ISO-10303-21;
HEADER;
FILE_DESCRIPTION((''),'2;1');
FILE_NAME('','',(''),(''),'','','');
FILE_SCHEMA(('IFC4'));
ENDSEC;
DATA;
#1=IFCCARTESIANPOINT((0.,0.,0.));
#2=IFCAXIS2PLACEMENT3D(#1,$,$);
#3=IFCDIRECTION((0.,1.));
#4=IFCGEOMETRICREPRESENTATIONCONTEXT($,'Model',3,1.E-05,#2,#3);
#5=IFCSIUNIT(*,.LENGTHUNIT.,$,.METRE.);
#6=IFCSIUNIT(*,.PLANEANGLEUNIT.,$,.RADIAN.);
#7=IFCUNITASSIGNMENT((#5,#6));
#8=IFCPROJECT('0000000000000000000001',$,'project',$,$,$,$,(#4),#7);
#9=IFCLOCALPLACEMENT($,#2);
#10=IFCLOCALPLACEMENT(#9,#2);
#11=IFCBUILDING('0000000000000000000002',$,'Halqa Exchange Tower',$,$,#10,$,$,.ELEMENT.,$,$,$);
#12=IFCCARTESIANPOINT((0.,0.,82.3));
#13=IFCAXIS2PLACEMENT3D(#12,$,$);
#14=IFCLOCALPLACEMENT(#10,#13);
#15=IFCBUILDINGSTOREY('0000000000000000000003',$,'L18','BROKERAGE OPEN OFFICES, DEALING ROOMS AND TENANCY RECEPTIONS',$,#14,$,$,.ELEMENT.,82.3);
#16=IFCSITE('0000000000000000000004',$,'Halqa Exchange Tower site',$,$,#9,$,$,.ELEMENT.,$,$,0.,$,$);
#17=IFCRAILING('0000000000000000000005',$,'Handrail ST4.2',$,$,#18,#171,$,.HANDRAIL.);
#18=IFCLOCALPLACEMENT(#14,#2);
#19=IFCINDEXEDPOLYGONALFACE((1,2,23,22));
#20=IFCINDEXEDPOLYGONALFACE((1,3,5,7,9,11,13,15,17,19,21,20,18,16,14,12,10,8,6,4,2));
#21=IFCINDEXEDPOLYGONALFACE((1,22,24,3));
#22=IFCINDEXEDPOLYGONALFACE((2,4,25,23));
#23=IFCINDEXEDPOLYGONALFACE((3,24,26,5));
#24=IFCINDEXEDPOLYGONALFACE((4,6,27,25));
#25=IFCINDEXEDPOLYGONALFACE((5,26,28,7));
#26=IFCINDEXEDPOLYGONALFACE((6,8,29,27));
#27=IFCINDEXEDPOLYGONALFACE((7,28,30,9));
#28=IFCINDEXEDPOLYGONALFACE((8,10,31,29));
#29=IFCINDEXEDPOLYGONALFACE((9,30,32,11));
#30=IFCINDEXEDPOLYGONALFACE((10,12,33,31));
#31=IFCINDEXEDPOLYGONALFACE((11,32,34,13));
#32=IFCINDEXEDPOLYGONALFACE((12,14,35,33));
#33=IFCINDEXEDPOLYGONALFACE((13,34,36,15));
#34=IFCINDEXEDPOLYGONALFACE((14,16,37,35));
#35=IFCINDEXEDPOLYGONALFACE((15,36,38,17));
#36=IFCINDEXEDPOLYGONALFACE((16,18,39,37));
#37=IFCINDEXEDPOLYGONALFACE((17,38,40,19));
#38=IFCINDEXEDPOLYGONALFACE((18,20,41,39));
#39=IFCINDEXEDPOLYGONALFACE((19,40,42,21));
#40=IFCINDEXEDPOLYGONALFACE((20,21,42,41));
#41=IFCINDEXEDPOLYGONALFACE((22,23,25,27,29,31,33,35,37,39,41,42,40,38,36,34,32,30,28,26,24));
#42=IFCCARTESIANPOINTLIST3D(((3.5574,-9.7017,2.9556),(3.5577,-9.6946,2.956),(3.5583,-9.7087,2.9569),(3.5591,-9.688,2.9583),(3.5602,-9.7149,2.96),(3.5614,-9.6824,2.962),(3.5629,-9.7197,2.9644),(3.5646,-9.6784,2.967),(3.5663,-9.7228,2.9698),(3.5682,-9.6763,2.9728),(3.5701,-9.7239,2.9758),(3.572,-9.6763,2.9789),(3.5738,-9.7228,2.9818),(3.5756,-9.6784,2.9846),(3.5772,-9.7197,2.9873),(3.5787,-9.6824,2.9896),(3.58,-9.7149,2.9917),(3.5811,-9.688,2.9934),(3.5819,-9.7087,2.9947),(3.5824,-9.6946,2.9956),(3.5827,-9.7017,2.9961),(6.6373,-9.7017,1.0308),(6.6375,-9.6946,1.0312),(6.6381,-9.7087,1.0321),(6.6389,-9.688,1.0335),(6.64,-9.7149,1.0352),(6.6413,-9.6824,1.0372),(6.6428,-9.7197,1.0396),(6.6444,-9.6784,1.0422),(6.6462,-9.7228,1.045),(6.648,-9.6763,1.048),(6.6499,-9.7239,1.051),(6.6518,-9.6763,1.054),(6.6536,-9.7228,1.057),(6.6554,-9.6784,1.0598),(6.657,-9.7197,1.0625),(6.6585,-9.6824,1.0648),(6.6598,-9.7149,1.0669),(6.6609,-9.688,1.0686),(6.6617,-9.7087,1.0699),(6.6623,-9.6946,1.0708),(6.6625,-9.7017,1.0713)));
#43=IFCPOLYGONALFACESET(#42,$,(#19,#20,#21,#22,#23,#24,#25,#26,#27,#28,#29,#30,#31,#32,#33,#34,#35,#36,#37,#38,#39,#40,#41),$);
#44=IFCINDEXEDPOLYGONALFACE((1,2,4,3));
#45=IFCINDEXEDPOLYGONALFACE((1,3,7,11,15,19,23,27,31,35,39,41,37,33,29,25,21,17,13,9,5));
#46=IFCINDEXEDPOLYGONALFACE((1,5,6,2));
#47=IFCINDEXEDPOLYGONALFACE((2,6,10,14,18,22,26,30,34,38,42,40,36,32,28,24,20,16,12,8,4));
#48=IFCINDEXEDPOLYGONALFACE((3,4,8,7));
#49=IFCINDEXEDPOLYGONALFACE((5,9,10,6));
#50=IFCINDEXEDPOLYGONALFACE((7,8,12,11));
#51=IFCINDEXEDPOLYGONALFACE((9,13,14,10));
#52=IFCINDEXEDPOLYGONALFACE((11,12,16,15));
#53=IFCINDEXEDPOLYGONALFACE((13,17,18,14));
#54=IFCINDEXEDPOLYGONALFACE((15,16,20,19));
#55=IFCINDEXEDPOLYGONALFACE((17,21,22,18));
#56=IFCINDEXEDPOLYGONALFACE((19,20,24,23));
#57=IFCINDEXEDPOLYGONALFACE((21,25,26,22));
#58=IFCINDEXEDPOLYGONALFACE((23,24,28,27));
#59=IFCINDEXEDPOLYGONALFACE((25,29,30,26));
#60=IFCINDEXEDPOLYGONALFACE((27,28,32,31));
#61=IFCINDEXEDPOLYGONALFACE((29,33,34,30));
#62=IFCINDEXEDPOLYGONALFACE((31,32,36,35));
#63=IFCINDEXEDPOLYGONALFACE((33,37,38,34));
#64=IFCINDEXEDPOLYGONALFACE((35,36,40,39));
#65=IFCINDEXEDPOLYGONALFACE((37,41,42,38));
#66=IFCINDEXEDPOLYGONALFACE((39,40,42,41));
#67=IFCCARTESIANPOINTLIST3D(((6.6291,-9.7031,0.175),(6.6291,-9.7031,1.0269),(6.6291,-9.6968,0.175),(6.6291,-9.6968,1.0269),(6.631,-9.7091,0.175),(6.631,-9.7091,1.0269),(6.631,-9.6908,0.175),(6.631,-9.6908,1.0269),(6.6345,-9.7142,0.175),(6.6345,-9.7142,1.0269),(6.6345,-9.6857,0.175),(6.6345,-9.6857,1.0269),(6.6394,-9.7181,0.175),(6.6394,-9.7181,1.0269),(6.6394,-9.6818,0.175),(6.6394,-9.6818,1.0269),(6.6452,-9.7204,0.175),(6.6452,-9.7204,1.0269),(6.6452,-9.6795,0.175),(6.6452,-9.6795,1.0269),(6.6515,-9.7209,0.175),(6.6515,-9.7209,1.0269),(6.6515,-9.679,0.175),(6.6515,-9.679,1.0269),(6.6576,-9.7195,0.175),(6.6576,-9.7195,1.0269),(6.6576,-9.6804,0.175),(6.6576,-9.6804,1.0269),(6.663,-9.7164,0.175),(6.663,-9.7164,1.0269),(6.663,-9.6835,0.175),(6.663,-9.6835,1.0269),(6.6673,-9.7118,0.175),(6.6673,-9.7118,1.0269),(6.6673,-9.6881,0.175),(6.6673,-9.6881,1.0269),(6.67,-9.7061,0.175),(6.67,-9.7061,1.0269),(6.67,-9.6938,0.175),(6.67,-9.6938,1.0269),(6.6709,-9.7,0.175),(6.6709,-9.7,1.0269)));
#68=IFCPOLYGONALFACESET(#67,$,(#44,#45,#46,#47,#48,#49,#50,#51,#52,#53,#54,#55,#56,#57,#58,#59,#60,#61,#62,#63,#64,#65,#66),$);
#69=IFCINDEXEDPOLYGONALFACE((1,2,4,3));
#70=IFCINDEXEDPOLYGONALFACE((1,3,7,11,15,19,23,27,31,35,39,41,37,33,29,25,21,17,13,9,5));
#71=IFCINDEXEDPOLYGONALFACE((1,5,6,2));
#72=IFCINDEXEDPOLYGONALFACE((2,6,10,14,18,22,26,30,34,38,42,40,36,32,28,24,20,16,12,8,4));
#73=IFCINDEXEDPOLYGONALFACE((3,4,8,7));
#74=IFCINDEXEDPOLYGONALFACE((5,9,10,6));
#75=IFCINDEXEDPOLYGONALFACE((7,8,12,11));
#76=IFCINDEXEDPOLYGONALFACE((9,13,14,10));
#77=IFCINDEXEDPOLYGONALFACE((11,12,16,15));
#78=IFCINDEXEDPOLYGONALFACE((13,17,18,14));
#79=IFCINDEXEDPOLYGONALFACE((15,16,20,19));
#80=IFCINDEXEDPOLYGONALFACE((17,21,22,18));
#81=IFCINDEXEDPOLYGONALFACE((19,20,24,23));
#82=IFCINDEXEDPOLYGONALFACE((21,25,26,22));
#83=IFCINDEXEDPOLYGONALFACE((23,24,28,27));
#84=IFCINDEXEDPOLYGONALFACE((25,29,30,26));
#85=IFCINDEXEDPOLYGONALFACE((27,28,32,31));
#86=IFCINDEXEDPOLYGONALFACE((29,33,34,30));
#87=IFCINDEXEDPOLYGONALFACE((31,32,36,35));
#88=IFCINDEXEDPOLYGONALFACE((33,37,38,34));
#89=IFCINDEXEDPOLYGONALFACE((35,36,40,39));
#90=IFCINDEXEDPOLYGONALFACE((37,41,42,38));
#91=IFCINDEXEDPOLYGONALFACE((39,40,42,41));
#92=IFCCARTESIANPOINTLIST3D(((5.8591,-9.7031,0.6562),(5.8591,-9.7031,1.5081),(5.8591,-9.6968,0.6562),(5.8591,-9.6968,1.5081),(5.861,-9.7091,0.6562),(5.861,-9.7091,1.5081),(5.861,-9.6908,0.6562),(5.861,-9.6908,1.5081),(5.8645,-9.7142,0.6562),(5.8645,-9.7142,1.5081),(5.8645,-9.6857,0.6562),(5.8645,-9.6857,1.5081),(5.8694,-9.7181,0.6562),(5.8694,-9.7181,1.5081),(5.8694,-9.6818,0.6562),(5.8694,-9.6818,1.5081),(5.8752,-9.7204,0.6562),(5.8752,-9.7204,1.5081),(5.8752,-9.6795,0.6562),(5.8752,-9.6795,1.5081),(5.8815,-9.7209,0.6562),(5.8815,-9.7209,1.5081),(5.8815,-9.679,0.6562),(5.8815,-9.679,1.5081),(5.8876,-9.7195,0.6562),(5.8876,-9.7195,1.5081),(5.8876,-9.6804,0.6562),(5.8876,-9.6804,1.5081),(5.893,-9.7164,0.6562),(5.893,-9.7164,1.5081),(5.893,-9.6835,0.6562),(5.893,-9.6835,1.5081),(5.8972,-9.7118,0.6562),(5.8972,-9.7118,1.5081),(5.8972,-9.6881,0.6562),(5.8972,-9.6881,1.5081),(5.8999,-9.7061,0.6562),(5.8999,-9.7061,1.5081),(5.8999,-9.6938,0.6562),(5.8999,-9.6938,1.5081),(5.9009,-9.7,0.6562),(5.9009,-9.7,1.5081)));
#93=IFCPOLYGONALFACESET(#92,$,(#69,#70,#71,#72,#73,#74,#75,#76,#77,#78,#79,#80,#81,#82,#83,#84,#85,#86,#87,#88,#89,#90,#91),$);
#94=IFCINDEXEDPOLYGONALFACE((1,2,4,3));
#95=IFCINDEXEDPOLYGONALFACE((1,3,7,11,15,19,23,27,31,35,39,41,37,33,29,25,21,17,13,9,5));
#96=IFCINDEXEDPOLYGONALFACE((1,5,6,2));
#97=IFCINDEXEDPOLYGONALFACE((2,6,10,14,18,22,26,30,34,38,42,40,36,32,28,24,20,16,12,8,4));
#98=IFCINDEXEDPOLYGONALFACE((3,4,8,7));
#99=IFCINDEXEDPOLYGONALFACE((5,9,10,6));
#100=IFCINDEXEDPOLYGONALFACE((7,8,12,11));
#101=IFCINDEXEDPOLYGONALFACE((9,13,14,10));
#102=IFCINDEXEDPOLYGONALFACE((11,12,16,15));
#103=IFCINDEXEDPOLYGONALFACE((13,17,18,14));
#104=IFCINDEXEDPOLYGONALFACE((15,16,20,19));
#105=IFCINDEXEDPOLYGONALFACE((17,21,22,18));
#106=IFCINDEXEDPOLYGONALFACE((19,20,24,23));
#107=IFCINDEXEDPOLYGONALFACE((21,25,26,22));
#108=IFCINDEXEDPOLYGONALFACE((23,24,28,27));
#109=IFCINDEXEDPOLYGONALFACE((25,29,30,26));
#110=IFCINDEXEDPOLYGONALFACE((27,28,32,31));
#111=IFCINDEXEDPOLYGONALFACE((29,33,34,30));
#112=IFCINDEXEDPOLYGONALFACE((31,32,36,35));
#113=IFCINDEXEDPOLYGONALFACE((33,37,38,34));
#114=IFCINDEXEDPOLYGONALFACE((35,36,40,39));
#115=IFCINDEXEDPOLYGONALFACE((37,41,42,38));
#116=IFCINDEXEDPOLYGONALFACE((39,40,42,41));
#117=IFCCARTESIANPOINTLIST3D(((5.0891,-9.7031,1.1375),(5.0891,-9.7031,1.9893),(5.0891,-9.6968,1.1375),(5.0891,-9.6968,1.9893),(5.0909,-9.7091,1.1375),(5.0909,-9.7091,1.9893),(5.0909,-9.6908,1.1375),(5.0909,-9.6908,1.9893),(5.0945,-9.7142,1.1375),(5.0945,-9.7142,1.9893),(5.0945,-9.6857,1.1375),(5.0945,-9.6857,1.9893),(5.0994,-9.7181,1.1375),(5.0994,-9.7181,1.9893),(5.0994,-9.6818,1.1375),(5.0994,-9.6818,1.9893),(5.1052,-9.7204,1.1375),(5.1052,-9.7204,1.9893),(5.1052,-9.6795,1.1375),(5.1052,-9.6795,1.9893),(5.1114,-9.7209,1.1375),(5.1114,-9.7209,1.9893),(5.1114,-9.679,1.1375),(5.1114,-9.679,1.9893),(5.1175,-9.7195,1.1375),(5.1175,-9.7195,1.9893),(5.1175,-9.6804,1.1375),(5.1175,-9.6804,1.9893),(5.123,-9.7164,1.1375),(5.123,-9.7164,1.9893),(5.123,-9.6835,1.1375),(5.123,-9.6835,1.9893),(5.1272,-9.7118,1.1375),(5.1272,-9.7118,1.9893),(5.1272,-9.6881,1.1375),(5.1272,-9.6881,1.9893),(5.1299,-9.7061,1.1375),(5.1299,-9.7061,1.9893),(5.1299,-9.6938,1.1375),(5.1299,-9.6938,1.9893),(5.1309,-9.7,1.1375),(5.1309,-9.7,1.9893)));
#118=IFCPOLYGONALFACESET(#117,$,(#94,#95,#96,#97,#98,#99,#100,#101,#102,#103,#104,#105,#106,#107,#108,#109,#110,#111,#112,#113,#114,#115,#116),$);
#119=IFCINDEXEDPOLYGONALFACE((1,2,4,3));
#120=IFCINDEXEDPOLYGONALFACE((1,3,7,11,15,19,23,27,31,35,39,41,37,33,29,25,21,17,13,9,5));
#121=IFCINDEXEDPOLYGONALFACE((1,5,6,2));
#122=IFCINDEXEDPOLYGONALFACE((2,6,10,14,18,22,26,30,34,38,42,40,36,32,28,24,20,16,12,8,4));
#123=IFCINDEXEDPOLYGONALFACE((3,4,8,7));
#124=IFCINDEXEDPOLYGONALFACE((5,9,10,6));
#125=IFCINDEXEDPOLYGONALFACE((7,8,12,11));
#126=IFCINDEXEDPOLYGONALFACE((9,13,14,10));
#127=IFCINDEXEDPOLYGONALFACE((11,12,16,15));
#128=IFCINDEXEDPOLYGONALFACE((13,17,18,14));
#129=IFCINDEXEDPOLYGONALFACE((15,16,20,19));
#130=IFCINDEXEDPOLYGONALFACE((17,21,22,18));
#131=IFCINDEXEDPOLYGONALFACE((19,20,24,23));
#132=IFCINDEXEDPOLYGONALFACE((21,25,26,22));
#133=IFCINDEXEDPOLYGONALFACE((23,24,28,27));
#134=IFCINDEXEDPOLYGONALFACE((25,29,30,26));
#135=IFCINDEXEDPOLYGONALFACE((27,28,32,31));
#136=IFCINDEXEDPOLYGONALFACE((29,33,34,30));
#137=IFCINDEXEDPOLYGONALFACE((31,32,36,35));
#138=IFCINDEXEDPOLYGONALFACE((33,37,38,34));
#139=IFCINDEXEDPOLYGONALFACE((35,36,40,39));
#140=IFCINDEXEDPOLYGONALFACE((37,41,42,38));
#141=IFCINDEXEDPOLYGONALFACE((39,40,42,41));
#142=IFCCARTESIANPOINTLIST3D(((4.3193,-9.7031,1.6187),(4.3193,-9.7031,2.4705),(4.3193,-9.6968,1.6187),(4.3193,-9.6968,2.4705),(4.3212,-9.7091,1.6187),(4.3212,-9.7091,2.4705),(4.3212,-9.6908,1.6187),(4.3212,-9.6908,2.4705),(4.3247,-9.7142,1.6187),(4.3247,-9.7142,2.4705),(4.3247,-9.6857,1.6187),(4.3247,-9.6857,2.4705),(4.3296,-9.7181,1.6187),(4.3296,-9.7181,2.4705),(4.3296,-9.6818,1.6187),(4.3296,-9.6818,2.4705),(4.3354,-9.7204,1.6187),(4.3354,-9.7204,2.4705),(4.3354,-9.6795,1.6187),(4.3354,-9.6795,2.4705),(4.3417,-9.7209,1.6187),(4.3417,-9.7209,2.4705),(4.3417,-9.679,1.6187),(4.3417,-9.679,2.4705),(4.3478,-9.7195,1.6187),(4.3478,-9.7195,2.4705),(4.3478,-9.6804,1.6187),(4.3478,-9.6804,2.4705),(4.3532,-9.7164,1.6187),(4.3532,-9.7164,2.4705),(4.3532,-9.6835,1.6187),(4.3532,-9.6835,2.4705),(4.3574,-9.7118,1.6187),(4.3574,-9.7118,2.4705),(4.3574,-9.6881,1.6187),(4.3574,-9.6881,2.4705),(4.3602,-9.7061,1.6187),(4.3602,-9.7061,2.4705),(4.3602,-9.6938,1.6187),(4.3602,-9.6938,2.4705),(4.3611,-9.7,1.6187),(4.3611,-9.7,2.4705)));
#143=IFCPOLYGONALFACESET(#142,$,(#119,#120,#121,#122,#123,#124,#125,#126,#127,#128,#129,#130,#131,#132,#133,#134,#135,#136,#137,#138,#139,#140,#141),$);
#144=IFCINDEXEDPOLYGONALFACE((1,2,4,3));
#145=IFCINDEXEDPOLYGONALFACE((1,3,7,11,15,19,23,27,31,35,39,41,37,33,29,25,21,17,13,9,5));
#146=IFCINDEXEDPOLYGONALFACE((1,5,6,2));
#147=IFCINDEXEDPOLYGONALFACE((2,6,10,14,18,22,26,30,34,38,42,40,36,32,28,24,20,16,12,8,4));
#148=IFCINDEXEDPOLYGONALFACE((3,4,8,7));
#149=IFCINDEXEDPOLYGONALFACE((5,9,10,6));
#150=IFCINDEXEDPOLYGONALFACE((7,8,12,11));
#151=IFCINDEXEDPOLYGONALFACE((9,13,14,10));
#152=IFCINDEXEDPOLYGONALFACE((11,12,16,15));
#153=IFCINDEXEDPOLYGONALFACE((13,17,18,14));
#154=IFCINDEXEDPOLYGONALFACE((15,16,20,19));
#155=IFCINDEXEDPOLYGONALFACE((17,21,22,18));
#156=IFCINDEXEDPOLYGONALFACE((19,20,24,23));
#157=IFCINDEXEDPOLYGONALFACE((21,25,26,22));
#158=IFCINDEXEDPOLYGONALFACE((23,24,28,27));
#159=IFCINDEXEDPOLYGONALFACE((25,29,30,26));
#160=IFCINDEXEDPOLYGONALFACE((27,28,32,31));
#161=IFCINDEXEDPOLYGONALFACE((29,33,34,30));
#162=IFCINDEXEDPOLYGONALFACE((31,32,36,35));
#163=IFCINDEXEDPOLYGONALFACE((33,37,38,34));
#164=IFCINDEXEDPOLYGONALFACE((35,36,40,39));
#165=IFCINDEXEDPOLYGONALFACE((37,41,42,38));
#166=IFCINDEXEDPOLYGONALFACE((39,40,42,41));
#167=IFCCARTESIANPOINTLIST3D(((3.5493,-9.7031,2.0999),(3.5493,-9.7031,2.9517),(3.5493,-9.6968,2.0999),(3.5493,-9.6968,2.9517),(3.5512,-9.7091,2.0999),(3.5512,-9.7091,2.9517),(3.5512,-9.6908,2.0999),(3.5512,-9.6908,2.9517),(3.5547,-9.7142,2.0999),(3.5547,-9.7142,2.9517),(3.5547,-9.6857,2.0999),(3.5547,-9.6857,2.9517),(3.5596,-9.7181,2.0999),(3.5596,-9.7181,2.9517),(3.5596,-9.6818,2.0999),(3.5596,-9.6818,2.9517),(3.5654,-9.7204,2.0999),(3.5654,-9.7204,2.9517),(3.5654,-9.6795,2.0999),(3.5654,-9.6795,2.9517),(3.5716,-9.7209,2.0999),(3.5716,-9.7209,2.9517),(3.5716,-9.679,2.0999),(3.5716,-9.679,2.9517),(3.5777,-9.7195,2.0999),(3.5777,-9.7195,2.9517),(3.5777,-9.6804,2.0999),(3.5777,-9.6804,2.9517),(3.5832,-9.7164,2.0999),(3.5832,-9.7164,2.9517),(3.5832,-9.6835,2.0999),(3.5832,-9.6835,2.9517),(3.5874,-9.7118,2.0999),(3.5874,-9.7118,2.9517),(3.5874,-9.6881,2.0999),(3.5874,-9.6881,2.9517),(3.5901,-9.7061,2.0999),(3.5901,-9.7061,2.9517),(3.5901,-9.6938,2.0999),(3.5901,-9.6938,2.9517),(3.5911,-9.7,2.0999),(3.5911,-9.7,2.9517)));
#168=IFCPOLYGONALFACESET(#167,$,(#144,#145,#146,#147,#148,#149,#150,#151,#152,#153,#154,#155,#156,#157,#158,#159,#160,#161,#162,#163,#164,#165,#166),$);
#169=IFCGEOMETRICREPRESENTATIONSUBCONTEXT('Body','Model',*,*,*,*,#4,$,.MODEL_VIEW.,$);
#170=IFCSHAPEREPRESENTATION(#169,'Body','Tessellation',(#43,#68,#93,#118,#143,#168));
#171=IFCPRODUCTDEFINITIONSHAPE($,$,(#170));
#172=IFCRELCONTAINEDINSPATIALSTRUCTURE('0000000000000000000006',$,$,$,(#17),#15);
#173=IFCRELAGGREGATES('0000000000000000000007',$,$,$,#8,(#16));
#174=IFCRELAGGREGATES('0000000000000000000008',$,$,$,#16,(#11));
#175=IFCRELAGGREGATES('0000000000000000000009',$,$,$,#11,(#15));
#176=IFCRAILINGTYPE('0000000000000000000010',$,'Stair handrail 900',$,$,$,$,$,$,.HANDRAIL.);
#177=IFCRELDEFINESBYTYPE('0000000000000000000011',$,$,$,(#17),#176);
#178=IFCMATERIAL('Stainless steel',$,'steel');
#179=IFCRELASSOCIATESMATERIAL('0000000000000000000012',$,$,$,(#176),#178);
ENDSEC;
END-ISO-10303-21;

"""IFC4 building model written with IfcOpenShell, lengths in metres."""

from ifc_helpers import new_model, si_unit, direction, frame, origin, origin_2d, place, context, subcontext, project, spatial, circle, extrude, material, type_object, element, save


model = new_model("IFC4")

# Units and contexts
model_context = context("Model", 3, precision=1e-05, world=origin(), true_north=direction((0.0, 1.0)))
body_context = subcontext(model_context, "Body", "Model", "MODEL_VIEW")
ifc_project = project(units=[si_unit("LENGTHUNIT", "METRE"), si_unit("PLANEANGLEUNIT", "RADIAN")], contexts=[model_context])

# Site, building, storey
site_placement = place(None, origin())
site = spatial("IfcSite", under=ifc_project, at=site_placement, Name="Halqa Exchange Tower site", CompositionType="ELEMENT", RefElevation=0.0)
building_placement = place(site_placement, origin())
building = spatial("IfcBuilding", under=site, at=building_placement, Name="Halqa Exchange Tower", CompositionType="ELEMENT")
storey_placement = place(building_placement, frame((0.0, 0.0, 82.3)))
storey = spatial("IfcBuildingStorey", under=building, at=storey_placement, Name="L18", Description="BROKERAGE OPEN OFFICES, DEALING ROOMS AND TENANCY RECEPTIONS", CompositionType="ELEMENT", Elevation=82.3)

# Railing
ifc_material_1 = material(Name="Stainless steel", Category="steel")
railing_type_1 = type_object("IfcRailingType", Name="Stair handrail 900", PredefinedType="HANDRAIL", material=ifc_material_1)
railing_1_placement = place(storey_placement, frame((6.6499, -9.7, 0.175)))
element("IfcRailing", 1, at=railing_1_placement, inside=storey, type_object=railing_type_1, Name="Handrail ST4.2", PredefinedType="HANDRAIL", context=body_context, shape_type="SweptSolid", body=[
    extrude(circle(Radius=0.0239, at=origin_2d()), frame((0.0, 0.0, 0.876), z_axis=(-0.84801, 0.0, 0.529981), x_axis=(0.0, -1.0, 0.0)), (0.0, 0.0, 1.0), 3.6318),
    extrude(circle(Radius=0.021, at=origin_2d()), origin(), (0.0, 0.0, 1.0), 0.8518),
    extrude(circle(Radius=0.021, at=origin_2d()), frame((-0.77, 0.0, 0.4812)), (0.0, 0.0, 1.0), 0.8518),
    extrude(circle(Radius=0.021, at=origin_2d()), frame((-1.54, 0.0, 0.9624)), (0.0, 0.0, 1.0), 0.8518),
    extrude(circle(Radius=0.021, at=origin_2d()), frame((-2.3098, 0.0, 1.4436)), (0.0, 0.0, 1.0), 0.8518),
    extrude(circle(Radius=0.021, at=origin_2d()), frame((-3.0798, 0.0, 1.9248)), (0.0, 0.0, 1.0), 0.8518),
])

save(model, "model.ifc")
